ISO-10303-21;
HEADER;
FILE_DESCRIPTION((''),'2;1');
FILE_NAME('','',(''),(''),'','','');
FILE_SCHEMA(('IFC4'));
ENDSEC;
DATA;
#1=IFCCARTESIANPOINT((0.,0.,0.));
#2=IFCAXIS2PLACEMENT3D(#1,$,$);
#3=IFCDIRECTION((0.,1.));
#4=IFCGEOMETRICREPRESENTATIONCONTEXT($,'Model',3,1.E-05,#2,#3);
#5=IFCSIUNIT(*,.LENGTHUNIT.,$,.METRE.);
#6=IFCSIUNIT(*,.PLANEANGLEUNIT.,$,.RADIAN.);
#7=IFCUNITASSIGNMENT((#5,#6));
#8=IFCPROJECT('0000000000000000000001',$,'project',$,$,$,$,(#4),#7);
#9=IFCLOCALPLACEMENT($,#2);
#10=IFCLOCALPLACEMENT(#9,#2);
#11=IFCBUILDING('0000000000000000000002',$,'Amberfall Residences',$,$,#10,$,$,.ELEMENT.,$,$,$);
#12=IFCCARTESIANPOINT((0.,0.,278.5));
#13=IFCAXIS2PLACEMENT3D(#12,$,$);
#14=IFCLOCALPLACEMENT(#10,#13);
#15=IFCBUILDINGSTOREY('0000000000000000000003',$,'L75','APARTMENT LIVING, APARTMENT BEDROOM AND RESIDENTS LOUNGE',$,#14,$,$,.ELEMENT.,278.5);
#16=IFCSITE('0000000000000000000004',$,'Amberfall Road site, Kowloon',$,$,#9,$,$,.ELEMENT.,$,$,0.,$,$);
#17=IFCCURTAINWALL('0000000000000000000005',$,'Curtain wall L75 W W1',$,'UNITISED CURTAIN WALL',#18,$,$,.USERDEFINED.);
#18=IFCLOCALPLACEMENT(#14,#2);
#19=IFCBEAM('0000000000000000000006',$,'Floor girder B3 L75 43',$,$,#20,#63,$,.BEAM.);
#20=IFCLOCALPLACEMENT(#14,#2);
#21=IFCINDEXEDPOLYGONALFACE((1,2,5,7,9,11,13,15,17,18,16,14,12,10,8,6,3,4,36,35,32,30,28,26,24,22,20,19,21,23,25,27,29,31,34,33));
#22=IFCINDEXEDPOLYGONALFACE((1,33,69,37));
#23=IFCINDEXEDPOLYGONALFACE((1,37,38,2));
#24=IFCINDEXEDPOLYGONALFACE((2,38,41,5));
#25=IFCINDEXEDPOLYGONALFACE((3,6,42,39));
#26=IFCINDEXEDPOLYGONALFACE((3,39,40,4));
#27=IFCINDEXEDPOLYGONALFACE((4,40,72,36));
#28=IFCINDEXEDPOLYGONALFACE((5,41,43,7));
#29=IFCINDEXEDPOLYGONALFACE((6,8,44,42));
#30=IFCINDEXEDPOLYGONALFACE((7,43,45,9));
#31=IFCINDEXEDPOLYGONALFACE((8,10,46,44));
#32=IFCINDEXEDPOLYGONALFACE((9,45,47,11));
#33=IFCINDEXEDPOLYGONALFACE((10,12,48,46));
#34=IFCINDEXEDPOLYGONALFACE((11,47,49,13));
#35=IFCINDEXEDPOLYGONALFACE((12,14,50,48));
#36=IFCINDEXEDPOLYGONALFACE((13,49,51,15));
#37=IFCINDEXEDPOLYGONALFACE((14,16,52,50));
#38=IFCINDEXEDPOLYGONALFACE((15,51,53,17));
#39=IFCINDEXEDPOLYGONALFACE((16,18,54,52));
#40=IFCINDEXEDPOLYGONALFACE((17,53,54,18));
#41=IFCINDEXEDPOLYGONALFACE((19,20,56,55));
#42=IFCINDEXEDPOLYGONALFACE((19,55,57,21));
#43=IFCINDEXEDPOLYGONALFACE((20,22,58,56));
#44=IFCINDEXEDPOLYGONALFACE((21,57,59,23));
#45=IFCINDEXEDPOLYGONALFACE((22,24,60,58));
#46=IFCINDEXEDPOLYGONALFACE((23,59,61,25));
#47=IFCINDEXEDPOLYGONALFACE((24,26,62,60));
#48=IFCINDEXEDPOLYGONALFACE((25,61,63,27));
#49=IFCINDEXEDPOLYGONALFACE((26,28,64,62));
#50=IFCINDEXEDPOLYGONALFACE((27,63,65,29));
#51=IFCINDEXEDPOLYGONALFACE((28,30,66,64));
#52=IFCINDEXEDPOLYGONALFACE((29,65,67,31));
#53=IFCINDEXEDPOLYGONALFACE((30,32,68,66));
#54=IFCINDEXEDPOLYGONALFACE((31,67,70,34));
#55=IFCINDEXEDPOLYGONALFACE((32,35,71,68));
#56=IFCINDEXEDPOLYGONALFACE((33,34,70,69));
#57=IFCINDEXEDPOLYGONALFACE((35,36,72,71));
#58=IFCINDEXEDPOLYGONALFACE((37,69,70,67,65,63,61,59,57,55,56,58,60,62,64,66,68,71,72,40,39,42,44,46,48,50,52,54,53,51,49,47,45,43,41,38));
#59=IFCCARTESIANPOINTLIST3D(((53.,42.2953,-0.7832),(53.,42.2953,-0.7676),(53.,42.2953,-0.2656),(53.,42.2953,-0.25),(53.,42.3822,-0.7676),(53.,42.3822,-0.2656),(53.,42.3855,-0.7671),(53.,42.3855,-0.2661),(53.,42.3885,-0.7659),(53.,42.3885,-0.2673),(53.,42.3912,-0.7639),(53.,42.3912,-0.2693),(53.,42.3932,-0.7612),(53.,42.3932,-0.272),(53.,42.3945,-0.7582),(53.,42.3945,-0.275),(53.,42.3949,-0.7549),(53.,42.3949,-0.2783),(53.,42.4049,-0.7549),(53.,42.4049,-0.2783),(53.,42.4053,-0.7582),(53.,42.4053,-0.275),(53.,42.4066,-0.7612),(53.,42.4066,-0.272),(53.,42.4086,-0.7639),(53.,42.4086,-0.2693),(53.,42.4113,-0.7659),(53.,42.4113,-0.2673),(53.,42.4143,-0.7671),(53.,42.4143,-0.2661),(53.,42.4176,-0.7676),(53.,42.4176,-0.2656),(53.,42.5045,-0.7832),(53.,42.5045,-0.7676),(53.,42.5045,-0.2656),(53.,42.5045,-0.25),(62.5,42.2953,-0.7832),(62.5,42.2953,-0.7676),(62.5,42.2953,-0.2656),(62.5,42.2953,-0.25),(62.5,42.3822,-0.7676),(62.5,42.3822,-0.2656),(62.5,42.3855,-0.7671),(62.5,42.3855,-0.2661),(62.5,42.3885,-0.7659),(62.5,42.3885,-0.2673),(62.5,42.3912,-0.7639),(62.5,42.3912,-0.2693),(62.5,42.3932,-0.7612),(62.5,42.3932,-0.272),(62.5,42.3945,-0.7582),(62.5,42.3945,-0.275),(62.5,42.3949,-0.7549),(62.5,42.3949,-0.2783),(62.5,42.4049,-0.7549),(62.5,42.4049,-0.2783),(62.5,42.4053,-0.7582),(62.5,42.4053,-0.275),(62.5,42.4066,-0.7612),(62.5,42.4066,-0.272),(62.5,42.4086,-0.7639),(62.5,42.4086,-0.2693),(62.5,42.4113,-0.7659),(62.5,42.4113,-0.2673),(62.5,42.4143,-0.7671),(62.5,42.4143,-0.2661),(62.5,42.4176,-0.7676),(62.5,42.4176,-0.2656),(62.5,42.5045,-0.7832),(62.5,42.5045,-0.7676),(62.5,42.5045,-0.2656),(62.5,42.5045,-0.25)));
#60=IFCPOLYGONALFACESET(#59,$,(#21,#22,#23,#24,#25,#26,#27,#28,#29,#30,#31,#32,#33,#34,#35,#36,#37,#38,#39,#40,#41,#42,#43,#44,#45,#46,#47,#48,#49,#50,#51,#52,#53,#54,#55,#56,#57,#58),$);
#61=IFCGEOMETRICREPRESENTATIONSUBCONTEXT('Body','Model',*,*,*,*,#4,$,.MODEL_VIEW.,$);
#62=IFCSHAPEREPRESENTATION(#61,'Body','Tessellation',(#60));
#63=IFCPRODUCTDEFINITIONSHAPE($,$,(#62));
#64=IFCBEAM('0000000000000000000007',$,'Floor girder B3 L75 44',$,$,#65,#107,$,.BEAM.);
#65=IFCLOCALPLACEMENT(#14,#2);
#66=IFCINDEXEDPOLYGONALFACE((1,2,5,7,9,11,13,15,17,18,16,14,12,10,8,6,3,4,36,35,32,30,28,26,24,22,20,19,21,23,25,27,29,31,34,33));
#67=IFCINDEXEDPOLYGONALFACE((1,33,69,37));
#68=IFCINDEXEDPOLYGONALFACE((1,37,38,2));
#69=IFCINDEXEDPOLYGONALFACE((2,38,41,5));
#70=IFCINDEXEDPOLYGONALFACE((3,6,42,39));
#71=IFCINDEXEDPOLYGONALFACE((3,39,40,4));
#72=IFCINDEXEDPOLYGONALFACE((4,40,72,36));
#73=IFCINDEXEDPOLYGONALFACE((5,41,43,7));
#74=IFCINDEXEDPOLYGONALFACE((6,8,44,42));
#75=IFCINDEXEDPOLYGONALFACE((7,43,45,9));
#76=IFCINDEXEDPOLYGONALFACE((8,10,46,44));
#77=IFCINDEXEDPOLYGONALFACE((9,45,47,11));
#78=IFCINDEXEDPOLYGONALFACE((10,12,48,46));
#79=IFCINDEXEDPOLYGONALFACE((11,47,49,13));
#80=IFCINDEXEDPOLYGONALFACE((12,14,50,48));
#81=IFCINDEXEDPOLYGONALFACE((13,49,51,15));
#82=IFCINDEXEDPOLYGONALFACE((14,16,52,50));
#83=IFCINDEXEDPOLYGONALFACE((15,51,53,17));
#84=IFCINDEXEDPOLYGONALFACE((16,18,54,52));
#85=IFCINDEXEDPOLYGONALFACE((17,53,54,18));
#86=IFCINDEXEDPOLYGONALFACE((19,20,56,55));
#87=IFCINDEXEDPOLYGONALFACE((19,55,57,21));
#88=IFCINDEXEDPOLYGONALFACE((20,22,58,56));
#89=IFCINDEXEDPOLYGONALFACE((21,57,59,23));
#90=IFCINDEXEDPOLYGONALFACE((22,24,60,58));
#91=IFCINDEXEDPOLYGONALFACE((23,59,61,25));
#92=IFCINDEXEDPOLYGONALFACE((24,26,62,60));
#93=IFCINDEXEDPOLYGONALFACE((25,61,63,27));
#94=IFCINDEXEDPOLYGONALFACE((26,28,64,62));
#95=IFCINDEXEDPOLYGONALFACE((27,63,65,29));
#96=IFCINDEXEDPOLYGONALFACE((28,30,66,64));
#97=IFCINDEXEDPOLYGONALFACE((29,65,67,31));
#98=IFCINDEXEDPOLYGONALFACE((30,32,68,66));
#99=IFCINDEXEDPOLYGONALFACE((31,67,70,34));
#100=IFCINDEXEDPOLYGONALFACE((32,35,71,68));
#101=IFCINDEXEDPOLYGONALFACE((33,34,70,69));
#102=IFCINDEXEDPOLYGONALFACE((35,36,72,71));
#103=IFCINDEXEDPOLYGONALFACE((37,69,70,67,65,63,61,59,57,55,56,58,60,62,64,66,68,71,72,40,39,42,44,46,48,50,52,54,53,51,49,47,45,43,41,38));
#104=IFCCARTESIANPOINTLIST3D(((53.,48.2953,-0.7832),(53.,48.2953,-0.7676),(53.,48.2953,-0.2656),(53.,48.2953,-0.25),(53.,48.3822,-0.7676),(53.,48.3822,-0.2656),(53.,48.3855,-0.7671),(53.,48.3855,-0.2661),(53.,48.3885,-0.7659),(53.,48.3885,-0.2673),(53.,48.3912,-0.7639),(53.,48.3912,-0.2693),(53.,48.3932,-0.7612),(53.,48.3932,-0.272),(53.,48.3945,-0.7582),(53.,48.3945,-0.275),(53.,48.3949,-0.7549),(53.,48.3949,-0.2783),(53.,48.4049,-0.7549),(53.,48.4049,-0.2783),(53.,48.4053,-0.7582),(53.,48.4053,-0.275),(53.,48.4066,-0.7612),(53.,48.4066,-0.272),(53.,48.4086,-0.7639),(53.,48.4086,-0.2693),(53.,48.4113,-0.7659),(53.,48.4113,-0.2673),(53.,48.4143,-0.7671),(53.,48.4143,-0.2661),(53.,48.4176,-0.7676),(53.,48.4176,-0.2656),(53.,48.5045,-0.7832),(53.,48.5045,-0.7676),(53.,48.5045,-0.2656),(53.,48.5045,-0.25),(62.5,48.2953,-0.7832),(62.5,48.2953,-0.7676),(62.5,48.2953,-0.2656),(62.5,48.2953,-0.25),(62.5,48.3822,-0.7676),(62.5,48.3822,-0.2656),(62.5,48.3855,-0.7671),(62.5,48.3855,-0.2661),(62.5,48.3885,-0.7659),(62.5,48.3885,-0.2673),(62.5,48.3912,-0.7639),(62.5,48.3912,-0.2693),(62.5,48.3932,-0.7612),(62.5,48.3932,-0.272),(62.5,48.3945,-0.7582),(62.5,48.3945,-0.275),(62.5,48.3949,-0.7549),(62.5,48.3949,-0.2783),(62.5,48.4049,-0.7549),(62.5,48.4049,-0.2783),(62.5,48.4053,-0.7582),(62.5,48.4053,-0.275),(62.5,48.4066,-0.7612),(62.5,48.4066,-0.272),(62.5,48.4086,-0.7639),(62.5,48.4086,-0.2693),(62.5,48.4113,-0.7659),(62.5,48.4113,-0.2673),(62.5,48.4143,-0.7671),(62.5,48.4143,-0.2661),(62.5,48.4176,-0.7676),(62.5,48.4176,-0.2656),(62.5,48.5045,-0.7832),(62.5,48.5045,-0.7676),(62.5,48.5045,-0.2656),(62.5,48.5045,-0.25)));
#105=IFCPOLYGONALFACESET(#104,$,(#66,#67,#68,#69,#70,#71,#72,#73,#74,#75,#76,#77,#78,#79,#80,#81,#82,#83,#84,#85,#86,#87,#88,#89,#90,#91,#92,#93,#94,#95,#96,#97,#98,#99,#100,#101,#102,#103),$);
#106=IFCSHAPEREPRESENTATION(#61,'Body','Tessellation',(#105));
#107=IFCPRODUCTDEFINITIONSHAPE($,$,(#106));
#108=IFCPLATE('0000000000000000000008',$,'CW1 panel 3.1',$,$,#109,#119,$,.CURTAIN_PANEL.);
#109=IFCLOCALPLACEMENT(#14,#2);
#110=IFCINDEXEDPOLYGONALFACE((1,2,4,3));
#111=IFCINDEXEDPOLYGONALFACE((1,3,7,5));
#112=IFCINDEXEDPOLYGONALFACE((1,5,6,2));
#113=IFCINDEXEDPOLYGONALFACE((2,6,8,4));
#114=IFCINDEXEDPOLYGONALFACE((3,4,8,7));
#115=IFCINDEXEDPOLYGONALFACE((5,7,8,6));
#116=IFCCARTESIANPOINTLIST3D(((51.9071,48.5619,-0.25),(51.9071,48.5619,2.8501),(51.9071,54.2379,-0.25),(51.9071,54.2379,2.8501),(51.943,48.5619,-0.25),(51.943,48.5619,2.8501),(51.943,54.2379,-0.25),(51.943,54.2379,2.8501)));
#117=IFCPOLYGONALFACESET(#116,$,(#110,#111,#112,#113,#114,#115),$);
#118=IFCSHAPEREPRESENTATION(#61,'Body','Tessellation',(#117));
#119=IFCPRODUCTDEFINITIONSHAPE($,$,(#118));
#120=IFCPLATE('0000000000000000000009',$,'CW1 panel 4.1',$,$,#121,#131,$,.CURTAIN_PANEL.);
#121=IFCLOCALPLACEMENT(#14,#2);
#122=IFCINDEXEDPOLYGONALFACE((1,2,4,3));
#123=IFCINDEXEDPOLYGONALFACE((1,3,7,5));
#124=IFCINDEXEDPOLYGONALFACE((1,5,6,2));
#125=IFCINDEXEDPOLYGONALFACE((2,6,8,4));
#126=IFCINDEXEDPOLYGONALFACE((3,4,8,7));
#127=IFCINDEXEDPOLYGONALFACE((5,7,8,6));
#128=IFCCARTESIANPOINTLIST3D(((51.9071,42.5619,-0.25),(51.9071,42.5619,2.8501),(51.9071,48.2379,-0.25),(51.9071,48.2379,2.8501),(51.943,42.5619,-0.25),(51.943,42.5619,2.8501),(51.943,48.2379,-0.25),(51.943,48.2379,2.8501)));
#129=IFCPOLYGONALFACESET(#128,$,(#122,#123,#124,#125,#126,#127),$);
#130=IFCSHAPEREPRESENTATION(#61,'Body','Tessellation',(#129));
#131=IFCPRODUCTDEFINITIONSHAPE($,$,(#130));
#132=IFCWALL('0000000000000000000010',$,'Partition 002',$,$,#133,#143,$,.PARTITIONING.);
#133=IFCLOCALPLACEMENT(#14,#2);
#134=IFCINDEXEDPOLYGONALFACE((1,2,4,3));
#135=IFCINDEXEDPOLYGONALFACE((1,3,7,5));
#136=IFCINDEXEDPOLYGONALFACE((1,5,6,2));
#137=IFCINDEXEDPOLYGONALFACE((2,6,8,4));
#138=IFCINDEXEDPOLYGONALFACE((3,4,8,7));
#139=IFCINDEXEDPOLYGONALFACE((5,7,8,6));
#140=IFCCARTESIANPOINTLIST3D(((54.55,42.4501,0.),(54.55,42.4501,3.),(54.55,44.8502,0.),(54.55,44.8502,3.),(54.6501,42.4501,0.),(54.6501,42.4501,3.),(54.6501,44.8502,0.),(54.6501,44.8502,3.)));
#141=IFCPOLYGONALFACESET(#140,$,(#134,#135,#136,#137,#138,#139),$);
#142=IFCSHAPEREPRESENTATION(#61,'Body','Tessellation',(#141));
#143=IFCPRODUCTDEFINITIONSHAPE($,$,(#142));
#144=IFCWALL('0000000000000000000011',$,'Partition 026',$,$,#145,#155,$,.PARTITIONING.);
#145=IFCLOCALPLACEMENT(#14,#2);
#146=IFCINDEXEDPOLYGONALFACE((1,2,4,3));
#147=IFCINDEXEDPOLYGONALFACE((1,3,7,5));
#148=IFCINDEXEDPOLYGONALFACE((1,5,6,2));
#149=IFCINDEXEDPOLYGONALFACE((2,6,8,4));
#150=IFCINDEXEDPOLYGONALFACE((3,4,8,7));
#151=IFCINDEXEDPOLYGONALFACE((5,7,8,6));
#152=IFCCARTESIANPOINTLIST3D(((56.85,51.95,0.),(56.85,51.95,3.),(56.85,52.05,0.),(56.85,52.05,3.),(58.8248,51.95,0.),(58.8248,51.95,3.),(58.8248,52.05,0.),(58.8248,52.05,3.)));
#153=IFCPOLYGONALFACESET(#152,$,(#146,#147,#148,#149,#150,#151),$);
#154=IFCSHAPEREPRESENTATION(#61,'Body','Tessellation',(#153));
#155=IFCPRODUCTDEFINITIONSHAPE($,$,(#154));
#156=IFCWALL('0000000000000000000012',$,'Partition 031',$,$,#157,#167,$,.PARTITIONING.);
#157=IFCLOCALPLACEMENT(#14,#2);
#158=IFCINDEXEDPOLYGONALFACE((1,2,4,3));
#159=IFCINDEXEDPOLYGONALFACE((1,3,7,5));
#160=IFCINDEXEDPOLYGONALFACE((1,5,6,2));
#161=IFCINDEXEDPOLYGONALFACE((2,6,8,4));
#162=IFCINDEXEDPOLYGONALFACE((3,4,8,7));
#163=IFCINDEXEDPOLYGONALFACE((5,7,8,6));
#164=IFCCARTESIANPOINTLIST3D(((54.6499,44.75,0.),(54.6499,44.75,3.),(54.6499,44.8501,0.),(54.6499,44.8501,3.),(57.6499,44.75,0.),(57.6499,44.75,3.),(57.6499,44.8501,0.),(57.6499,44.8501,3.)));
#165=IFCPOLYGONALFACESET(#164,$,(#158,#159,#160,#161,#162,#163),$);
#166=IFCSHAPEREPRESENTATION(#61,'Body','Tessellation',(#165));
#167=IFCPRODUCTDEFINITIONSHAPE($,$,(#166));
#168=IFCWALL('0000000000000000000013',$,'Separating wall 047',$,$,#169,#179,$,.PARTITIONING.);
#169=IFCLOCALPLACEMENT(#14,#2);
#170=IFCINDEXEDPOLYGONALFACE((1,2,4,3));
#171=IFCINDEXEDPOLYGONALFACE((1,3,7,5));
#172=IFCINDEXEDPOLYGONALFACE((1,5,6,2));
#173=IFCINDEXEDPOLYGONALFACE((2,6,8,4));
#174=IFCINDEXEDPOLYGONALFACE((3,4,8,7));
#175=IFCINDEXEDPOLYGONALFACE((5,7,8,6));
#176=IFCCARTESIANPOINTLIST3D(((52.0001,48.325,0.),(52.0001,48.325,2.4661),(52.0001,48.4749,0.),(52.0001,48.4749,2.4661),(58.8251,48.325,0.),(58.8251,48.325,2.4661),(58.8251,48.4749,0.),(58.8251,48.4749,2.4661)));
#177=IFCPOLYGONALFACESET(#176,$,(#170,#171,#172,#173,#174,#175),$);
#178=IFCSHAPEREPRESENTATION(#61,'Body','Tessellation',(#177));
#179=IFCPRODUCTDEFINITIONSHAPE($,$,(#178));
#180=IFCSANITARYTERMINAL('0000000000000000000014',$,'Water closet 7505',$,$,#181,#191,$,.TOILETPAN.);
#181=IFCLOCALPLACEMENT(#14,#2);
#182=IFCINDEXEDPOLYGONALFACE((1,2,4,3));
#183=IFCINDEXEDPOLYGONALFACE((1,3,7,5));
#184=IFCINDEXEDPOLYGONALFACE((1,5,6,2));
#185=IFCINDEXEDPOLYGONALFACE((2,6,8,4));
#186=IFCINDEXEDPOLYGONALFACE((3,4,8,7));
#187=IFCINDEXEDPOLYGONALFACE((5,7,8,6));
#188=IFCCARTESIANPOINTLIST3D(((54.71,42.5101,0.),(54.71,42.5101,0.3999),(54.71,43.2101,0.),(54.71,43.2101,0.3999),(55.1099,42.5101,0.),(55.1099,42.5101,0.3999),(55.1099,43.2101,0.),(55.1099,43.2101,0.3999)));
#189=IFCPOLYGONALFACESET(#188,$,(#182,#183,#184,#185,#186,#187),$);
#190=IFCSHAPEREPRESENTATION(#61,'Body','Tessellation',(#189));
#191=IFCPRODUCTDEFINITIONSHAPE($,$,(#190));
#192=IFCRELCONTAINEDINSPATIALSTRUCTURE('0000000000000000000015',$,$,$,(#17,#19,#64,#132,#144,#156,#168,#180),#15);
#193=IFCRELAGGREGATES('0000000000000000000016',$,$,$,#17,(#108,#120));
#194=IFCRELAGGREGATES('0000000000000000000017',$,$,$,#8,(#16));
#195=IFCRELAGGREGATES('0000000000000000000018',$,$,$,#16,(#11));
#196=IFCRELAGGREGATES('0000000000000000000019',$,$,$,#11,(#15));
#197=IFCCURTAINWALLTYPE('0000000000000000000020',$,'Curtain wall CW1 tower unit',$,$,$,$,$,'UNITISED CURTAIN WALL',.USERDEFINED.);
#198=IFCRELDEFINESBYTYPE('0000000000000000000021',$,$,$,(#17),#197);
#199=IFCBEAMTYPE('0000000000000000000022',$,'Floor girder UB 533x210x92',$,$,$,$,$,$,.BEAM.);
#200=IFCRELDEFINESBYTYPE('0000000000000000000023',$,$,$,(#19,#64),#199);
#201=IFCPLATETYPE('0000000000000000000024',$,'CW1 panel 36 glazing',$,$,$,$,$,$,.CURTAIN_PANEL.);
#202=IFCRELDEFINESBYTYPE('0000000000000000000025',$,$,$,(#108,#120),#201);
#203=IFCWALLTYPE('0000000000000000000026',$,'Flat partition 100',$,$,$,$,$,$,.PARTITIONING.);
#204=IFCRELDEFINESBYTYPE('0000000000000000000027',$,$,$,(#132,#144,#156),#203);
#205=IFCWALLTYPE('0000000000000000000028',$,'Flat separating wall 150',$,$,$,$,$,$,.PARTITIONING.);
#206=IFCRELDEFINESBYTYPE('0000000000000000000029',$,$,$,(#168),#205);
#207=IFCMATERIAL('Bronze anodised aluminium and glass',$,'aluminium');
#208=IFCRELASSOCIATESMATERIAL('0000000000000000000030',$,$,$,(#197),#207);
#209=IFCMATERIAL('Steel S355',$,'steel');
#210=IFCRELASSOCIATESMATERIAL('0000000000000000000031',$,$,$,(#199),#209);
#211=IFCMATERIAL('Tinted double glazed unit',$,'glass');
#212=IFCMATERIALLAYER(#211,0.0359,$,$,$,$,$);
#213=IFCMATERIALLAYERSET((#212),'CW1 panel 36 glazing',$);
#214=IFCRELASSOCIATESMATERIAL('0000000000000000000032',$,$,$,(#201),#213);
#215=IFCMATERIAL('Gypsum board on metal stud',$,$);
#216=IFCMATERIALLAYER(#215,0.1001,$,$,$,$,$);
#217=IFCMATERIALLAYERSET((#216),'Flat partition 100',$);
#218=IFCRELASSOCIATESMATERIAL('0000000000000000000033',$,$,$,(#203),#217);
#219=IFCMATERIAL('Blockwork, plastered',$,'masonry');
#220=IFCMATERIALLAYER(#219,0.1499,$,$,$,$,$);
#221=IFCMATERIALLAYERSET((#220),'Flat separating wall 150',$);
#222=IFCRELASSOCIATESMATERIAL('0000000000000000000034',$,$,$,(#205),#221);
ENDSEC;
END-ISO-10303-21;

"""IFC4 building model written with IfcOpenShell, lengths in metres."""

from ifc_helpers import new_model, si_unit, direction, frame, frame_2d, origin, origin_2d, place, context, subcontext, project, spatial, rectangle, i_section, extrude, material, layer, layer_set, material_profile, profile_set, type_object, element, aggregate, save


model = new_model("IFC4")

# Units and contexts
model_context = context("Model", 3, precision=1e-05, world=origin(), true_north=direction((0.0, 1.0)))
body_context = subcontext(model_context, "Body", "Model", "MODEL_VIEW")
ifc_project = project(units=[si_unit("LENGTHUNIT", "METRE"), si_unit("PLANEANGLEUNIT", "RADIAN")], contexts=[model_context])

# Site, building, storey
site_placement = place(None, origin())
site = spatial("IfcSite", under=ifc_project, at=site_placement, Name="Amberfall Road site, Kowloon", CompositionType="ELEMENT", RefElevation=0.0)
building_placement = place(site_placement, origin())
building = spatial("IfcBuilding", under=site, at=building_placement, Name="Amberfall Residences", CompositionType="ELEMENT")
storey_placement = place(building_placement, frame((0.0, 0.0, 278.5)))
storey = spatial("IfcBuildingStorey", under=building, at=storey_placement, Name="L75", Description="APARTMENT LIVING, APARTMENT BEDROOM AND RESIDENTS LOUNGE", CompositionType="ELEMENT", Elevation=278.5)

# Curtain wall
ifc_material_1 = material(Name="Bronze anodised aluminium and glass", Category="aluminium")
curtain_wall_type = type_object("IfcCurtainWallType", Name="Curtain wall CW1 tower unit", ElementType="UNITISED CURTAIN WALL", PredefinedType="USERDEFINED", material=ifc_material_1)
curtain_wall_placement = place(storey_placement, origin())
curtain_wall = element("IfcCurtainWall", 1, at=curtain_wall_placement, inside=storey, type_object=curtain_wall_type, Name="Curtain wall L75 W W1", ObjectType="UNITISED CURTAIN WALL", PredefinedType="USERDEFINED")

# Shared definitions
ifc_material_2 = material(Name="Steel S355", Category="steel")

# Beams
ifc_material_profile_1 = material_profile(ifc_material_2, i_section(OverallWidth=0.2092, OverallDepth=0.5332, WebThickness=0.01, FlangeThickness=0.0156, FilletRadius=0.0127, at=origin_2d()), Name="UB 533x210x92")
ifc_profile_set_1 = profile_set([ifc_material_profile_1], Name="Steel S355")
beam_type_1 = type_object("IfcBeamType", Name="Floor girder UB 533x210x92", PredefinedType="BEAM", material=ifc_profile_set_1)
for number, where, z_axis, x_axis, name in (
    (2, (53.0, 42.3999, -0.5166), (1.0, 0.0, 0.0), (0.0, 1.0, 0.0), "Floor girder B3 L75 43"),
    (3, (53.0, 48.3999, -0.5166), (1.0, 0.0, 0.0), (0.0, 1.0, 0.0), "Floor girder B3 L75 44"),
):
    element("IfcBeam", number, at=place(storey_placement, frame(where, z_axis=z_axis, x_axis=x_axis)), inside=storey, type_object=beam_type_1, Name=name, PredefinedType="BEAM", context=body_context, shape_type="SweptSolid", body=[
        extrude(i_section(OverallWidth=0.2092, OverallDepth=0.5332, WebThickness=0.01, FlangeThickness=0.0156, FilletRadius=0.0127, at=origin_2d()), origin(), (0.0, 0.0, 1.0), 9.5),
    ])

# Plates
ifc_material_3 = material(Name="Tinted double glazed unit", Category="glass")
ifc_layer_1 = layer(ifc_material_3, 0.0359)
ifc_layer_set_1 = layer_set([ifc_layer_1], Name="CW1 panel 36 glazing")
plate_type = type_object("IfcPlateType", Name="CW1 panel 36 glazing", PredefinedType="CURTAIN_PANEL", material=ifc_layer_set_1)
plate_1_placement = place(storey_placement, frame((51.925, 51.3999, -0.25), z_axis=(0.0, 0.0, 1.0), x_axis=(0.0, -1.0, 0.0)))
plate_1 = element("IfcPlate", 4, at=plate_1_placement, type_object=plate_type, Name="CW1 panel 3.1", PredefinedType="CURTAIN_PANEL", context=body_context, shape_type="SweptSolid", body=[
    extrude(rectangle(XDim=5.676, YDim=0.0359, at=origin_2d()), origin(), (0.0, 0.0, 1.0), 3.1001),
])
plate_2_placement = place(storey_placement, frame((51.925, 45.3999, -0.25), z_axis=(0.0, 0.0, 1.0), x_axis=(0.0, -1.0, 0.0)))
plate_2 = element("IfcPlate", 5, at=plate_2_placement, type_object=plate_type, Name="CW1 panel 4.1", PredefinedType="CURTAIN_PANEL", context=body_context, shape_type="SweptSolid", body=[
    extrude(rectangle(XDim=5.676, YDim=0.0359, at=origin_2d()), origin(), (0.0, 0.0, 1.0), 3.1001),
])
aggregate(curtain_wall, [plate_1, plate_2])

# Walls
ifc_material_4 = material(Name="Gypsum board on metal stud")
ifc_layer_2 = layer(ifc_material_4, 0.1001)
ifc_layer_set_2 = layer_set([ifc_layer_2], Name="Flat partition 100")
wall_type_1 = type_object("IfcWallType", Name="Flat partition 100", PredefinedType="PARTITIONING", material=ifc_layer_set_2)
wall_1_placement = place(storey_placement, frame((54.6001, 42.45, 0.0), z_axis=(0.0, 0.0, 1.0), x_axis=(0.0, 1.0, 0.0)))
element("IfcWall", 6, at=wall_1_placement, inside=storey, type_object=wall_type_1, Name="Partition 002", PredefinedType="PARTITIONING", context=body_context, shape_type="SweptSolid", body=[
    extrude(rectangle(XDim=2.4001, YDim=0.1001, at=frame_2d((1.2002, 0.0))), origin(), (0.0, 0.0, 1.0), 3.0),
])
wall_2_placement = place(storey_placement, frame((56.8501, 52.0, 0.0), z_axis=(0.0, 0.0, 1.0), x_axis=(1.0, 0.0, 0.0)))
element("IfcWall", 7, at=wall_2_placement, inside=storey, type_object=wall_type_1, Name="Partition 026", PredefinedType="PARTITIONING", context=body_context, shape_type="SweptSolid", body=[
    extrude(rectangle(XDim=1.9749, YDim=0.1001, at=frame_2d((0.9873, 0.0))), origin(), (0.0, 0.0, 1.0), 3.0),
])
wall_3_placement = place(storey_placement, frame((54.6499, 44.8, 0.0), z_axis=(0.0, 0.0, 1.0), x_axis=(1.0, 0.0, 0.0)))
element("IfcWall", 8, at=wall_3_placement, inside=storey, type_object=wall_type_1, Name="Partition 031", PredefinedType="PARTITIONING", context=body_context, shape_type="SweptSolid", body=[
    extrude(rectangle(XDim=3.0, YDim=0.1001, at=frame_2d((1.5, 0.0))), origin(), (0.0, 0.0, 1.0), 3.0),
])
ifc_material_5 = material(Name="Blockwork, plastered", Category="masonry")
ifc_layer_3 = layer(ifc_material_5, 0.1499)
ifc_layer_set_3 = layer_set([ifc_layer_3], Name="Flat separating wall 150")
wall_type_2 = type_object("IfcWallType", Name="Flat separating wall 150", PredefinedType="PARTITIONING", material=ifc_layer_set_3)
wall_4_placement = place(storey_placement, frame((52.0, 48.3999, 0.0), z_axis=(0.0, 0.0, 1.0), x_axis=(1.0, 0.0, 0.0)))
element("IfcWall", 9, at=wall_4_placement, inside=storey, type_object=wall_type_2, Name="Separating wall 047", PredefinedType="PARTITIONING", context=body_context, shape_type="SweptSolid", body=[
    extrude(rectangle(XDim=6.825, YDim=0.1499, at=frame_2d((3.4126, 0.0))), origin(), (0.0, 0.0, 1.0), 2.4661),
])

# Sanitary terminal
sanitary_terminal_1_placement = place(storey_placement, frame((54.9099, 42.8601, 0.0), z_axis=(0.0, 0.0, 1.0), x_axis=(1.0, 0.0, 0.0)))
element("IfcSanitaryTerminal", 10, at=sanitary_terminal_1_placement, inside=storey, Name="Water closet 7505", PredefinedType="TOILETPAN", context=body_context, shape_type="SweptSolid", body=[
    extrude(rectangle(XDim=0.3999, YDim=0.7, at=origin_2d()), origin(), (0.0, 0.0, 1.0), 0.3999),
])

save(model, "model.ifc")
